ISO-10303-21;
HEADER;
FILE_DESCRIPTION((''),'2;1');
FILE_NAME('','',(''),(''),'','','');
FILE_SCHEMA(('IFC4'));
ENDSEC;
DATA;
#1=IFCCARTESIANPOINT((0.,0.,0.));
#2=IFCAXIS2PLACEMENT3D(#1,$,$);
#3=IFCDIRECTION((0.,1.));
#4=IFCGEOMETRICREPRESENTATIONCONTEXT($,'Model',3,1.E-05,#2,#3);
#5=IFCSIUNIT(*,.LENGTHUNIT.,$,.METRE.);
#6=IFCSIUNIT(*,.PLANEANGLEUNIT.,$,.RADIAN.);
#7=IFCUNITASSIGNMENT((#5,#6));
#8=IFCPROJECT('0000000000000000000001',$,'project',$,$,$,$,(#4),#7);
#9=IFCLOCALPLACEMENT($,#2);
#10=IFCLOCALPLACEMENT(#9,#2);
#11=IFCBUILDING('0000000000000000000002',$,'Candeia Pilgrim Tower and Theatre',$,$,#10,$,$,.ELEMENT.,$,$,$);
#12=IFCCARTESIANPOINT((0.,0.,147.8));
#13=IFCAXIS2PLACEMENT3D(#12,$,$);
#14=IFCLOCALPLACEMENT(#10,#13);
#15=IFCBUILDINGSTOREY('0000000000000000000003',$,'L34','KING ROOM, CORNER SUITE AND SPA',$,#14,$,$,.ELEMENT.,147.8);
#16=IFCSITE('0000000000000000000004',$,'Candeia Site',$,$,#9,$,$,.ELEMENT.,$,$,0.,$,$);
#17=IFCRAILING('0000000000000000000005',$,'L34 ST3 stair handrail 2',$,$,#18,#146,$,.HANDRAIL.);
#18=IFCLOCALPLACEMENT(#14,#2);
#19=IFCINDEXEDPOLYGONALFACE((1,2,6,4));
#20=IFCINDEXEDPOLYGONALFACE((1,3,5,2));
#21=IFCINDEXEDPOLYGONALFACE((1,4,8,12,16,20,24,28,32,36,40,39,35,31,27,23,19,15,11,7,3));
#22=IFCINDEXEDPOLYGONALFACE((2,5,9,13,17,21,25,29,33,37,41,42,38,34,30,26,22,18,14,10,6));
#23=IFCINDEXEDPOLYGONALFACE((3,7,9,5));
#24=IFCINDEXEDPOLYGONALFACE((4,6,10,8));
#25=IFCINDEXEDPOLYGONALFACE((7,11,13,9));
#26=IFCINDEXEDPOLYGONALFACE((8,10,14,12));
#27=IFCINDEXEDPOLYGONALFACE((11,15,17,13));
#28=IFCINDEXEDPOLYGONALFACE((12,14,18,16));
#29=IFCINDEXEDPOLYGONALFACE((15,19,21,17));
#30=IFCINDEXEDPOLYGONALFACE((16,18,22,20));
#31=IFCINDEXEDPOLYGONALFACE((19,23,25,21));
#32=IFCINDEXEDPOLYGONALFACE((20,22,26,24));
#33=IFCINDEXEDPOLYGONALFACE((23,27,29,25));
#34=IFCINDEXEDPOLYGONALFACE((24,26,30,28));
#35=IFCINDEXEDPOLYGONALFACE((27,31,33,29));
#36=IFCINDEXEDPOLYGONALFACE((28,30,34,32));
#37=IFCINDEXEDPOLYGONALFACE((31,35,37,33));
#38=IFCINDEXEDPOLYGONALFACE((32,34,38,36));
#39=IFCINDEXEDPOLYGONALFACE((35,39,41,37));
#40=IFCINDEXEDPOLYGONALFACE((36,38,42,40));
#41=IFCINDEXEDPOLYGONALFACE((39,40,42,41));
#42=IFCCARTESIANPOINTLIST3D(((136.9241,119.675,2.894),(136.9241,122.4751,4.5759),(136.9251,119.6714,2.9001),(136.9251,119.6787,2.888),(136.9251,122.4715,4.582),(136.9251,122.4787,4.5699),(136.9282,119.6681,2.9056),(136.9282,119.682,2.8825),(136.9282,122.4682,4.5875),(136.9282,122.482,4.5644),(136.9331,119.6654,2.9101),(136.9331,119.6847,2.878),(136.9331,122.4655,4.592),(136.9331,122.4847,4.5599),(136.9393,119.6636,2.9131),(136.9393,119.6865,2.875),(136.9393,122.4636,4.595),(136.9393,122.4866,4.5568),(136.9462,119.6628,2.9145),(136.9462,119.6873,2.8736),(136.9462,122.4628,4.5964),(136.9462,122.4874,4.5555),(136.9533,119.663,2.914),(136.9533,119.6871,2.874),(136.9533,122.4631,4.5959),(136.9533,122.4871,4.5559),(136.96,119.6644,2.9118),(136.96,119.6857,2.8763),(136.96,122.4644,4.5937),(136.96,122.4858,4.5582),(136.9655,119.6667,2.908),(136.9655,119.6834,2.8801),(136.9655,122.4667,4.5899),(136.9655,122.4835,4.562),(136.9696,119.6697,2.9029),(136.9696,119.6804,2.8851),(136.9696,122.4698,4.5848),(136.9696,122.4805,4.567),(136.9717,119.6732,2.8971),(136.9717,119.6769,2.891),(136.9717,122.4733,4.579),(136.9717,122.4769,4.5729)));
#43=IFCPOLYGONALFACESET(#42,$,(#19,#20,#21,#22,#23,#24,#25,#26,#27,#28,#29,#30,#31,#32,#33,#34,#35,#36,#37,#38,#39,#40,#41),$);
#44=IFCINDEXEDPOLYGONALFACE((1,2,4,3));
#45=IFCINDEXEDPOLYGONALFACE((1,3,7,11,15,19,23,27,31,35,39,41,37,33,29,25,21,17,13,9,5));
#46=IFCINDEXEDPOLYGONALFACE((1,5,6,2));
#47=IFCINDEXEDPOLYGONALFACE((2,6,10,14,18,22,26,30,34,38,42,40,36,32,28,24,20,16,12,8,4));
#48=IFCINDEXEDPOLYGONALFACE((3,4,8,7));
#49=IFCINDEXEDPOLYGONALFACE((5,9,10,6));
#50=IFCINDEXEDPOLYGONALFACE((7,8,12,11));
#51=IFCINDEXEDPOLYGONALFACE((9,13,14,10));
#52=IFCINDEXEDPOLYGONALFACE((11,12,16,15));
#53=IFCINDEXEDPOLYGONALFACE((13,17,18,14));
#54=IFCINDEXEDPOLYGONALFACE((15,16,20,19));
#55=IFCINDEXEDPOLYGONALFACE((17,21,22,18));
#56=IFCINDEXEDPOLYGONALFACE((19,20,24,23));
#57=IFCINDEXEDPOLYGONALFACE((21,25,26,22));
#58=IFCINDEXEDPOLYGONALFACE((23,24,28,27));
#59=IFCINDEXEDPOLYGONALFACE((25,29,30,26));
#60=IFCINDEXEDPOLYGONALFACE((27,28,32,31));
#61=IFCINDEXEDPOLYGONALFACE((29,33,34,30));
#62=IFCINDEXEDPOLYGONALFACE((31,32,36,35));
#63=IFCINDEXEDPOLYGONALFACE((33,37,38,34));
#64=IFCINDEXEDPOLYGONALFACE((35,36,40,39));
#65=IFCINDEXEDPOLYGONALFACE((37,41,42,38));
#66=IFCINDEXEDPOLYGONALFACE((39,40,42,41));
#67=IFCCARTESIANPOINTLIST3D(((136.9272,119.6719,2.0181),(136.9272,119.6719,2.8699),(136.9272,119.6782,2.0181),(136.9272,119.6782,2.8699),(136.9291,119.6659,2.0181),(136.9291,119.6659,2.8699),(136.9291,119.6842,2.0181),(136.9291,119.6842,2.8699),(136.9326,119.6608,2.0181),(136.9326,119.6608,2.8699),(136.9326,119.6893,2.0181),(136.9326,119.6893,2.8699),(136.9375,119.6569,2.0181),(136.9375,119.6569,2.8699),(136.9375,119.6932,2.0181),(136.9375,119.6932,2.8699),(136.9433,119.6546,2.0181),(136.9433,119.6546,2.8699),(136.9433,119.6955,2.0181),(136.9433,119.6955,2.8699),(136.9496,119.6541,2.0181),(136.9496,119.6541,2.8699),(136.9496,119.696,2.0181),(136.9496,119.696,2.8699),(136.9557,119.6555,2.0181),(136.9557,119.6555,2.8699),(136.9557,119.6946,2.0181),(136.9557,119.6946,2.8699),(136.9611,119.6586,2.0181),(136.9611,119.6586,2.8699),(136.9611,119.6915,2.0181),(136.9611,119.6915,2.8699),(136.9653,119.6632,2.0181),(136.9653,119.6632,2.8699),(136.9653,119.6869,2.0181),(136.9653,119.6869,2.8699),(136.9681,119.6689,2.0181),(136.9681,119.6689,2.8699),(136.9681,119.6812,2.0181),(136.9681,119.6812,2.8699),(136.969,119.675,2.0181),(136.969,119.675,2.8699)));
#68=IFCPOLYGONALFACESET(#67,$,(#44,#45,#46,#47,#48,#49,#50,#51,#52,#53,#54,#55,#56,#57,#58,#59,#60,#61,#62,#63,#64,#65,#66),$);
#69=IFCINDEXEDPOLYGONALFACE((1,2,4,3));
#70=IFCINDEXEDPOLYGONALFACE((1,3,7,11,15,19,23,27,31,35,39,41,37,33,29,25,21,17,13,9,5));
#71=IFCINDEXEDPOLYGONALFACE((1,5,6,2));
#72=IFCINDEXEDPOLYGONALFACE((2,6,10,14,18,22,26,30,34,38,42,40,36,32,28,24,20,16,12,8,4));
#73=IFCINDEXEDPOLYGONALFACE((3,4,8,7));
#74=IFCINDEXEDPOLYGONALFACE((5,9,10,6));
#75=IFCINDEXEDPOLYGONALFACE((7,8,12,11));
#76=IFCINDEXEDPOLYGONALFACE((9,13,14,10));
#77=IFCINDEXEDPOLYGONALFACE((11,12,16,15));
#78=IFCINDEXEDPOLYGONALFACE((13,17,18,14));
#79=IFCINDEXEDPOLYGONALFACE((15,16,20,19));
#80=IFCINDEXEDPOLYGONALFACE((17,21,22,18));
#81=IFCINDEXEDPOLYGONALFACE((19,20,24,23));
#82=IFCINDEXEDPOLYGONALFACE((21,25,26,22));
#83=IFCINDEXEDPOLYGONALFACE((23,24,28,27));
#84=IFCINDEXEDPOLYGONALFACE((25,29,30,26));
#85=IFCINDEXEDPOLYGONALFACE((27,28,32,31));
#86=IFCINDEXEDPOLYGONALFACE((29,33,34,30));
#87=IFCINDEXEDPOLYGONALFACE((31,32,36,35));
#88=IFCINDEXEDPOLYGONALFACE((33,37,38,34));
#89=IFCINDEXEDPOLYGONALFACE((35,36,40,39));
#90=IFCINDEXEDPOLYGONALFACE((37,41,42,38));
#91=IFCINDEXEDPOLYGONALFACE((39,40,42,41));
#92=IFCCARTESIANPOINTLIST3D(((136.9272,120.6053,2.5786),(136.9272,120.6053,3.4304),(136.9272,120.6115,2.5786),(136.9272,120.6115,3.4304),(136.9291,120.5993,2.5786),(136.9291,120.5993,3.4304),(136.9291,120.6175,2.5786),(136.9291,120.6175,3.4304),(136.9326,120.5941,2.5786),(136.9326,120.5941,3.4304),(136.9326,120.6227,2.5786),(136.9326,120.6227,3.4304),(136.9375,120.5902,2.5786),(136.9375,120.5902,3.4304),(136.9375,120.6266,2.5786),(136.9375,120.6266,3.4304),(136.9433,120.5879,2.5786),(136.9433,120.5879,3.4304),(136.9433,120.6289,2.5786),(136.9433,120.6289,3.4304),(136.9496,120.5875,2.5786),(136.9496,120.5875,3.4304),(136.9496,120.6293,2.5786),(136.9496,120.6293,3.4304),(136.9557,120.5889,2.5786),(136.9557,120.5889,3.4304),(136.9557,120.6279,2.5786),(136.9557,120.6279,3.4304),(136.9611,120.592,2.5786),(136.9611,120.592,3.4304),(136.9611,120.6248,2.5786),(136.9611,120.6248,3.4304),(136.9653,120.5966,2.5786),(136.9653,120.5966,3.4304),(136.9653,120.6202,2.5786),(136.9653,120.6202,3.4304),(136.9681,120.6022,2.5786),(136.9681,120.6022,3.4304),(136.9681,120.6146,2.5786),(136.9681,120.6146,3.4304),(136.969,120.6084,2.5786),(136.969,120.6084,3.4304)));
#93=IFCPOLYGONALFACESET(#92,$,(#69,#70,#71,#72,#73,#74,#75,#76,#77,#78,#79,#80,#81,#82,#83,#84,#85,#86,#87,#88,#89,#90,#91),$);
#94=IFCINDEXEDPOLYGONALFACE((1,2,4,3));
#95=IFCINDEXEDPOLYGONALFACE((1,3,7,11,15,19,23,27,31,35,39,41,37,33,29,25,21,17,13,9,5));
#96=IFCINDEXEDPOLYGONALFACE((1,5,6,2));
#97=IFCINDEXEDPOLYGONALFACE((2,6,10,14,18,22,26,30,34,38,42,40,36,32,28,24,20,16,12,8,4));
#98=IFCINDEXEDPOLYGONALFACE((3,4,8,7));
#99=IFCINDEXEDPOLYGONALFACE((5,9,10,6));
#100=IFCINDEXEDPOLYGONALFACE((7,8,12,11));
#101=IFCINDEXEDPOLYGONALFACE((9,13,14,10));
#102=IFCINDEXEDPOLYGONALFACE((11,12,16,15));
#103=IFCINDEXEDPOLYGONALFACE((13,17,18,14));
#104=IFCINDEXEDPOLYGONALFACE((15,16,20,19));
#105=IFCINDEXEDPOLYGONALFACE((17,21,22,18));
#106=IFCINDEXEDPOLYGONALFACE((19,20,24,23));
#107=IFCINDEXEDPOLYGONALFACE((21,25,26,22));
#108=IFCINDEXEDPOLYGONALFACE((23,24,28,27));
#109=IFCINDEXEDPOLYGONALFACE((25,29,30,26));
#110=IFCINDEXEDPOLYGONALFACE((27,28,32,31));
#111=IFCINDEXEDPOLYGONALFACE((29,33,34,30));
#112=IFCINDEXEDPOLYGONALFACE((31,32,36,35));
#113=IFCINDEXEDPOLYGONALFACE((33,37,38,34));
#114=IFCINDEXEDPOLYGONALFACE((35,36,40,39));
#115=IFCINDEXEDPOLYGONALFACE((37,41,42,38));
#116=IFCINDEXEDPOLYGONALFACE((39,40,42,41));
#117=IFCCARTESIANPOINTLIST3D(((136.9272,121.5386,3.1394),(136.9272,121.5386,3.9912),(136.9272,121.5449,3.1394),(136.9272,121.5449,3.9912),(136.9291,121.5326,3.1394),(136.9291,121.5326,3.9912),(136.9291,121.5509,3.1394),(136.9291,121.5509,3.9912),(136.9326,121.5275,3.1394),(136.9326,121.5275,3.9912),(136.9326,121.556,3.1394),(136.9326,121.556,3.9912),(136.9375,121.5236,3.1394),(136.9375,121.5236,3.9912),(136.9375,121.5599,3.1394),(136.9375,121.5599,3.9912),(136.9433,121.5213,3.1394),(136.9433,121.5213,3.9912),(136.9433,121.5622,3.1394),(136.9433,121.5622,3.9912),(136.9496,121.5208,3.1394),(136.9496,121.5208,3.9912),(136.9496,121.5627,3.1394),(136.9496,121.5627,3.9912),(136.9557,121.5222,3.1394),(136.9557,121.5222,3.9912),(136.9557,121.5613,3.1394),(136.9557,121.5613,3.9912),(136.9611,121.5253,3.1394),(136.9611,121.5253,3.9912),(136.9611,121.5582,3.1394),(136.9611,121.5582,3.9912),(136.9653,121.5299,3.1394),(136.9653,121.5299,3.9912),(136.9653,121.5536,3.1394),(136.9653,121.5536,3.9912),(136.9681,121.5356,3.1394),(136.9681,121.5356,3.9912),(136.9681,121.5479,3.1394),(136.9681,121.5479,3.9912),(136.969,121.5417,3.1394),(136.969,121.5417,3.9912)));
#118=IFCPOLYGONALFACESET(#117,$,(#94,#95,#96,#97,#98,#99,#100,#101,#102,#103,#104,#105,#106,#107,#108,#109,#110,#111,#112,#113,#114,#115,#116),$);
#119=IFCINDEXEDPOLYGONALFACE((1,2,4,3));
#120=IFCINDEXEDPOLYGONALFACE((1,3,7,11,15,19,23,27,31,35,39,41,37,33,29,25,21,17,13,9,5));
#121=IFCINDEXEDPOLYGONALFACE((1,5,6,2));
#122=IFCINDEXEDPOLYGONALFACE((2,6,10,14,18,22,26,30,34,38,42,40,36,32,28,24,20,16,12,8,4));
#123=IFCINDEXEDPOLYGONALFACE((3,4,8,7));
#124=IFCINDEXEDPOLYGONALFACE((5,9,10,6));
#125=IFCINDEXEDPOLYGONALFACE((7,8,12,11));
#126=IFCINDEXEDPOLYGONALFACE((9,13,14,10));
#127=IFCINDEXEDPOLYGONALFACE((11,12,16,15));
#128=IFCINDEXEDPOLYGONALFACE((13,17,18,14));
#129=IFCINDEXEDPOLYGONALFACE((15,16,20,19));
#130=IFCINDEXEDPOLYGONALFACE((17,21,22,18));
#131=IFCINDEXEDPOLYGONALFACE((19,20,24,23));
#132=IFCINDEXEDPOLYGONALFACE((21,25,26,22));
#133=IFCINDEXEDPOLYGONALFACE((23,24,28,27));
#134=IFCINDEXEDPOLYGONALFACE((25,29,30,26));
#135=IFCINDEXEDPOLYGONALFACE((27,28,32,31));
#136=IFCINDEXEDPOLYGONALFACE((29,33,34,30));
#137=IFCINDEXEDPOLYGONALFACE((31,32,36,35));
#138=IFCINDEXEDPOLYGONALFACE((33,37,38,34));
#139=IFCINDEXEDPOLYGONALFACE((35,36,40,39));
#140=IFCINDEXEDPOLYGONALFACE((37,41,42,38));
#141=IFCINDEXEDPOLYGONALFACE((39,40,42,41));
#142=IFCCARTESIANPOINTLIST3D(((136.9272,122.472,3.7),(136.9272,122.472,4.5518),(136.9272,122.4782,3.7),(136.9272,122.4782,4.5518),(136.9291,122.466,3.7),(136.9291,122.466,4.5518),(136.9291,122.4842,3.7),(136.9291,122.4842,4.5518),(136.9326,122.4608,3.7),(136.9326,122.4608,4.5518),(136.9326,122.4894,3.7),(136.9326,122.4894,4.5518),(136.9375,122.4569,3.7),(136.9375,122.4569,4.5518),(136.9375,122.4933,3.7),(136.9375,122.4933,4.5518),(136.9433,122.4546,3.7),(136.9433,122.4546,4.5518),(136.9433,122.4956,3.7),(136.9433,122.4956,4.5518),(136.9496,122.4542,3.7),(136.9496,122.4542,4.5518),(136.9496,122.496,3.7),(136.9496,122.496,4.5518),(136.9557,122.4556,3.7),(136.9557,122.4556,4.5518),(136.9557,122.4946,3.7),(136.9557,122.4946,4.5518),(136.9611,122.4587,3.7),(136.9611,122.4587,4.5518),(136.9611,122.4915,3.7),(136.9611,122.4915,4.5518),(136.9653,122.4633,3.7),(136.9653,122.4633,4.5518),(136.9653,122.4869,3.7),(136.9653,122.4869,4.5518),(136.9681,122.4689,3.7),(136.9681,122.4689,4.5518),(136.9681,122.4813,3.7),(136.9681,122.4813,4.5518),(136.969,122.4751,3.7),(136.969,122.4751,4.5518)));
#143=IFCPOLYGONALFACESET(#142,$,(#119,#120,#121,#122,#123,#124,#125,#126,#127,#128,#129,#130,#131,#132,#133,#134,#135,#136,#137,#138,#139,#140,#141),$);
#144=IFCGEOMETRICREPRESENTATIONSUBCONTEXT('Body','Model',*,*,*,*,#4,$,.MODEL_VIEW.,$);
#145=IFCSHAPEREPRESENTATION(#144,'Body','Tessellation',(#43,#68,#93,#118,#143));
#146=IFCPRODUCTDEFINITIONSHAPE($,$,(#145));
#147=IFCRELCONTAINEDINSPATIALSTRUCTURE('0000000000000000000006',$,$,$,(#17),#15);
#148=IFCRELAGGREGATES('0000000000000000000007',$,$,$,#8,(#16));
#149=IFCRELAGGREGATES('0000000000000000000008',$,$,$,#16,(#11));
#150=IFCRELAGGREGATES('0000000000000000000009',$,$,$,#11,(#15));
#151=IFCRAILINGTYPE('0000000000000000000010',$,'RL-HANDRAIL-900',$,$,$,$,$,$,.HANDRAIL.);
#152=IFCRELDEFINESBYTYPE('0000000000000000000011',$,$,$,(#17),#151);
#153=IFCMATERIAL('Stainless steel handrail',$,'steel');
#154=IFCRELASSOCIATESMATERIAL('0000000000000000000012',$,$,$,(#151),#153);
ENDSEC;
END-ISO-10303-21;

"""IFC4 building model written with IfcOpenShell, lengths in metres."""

from ifc_helpers import new_model, si_unit, direction, frame, origin, origin_2d, place, context, subcontext, project, spatial, circle, extrude, material, type_object, element, save


model = new_model("IFC4")

# Units and contexts
model_context = context("Model", 3, precision=1e-05, world=origin(), true_north=direction((0.0, 1.0)))
body_context = subcontext(model_context, "Body", "Model", "MODEL_VIEW")
ifc_project = project(units=[si_unit("LENGTHUNIT", "METRE"), si_unit("PLANEANGLEUNIT", "RADIAN")], contexts=[model_context])

# Site, building, storey
site_placement = place(None, origin())
site = spatial("IfcSite", under=ifc_project, at=site_placement, Name="Candeia Site", CompositionType="ELEMENT", RefElevation=0.0)
building_placement = place(site_placement, origin())
building = spatial("IfcBuilding", under=site, at=building_placement, Name="Candeia Pilgrim Tower and Theatre", CompositionType="ELEMENT")
storey_placement = place(building_placement, frame((0.0, 0.0, 147.8)))
storey = spatial("IfcBuildingStorey", under=building, at=storey_placement, Name="L34", Description="KING ROOM, CORNER SUITE AND SPA", CompositionType="ELEMENT", Elevation=147.8)

# Railing
ifc_material_1 = material(Name="Stainless steel handrail", Category="steel")
railing_type_1 = type_object("IfcRailingType", Name="RL-HANDRAIL-900", PredefinedType="HANDRAIL", material=ifc_material_1)
railing_1_placement = place(storey_placement, frame((136.948, 119.675, 2.0181)))
element("IfcRailing", 1, at=railing_1_placement, inside=storey, type_object=railing_type_1, Name="L34 ST3 stair handrail 2", PredefinedType="HANDRAIL", context=body_context, shape_type="SweptSolid", body=[
    extrude(circle(Radius=0.0239, at=origin_2d()), frame((0.0, 0.0, 0.876), z_axis=(0.0, 0.857242, 0.514913), x_axis=(-1.0, 0.0, 0.0)), (0.0, 0.0, 1.0), 3.2664),
    extrude(circle(Radius=0.021, at=origin_2d()), origin(), (0.0, 0.0, 1.0), 0.8518),
    extrude(circle(Radius=0.021, at=origin_2d()), frame((0.0, 0.9333, 0.5605)), (0.0, 0.0, 1.0), 0.8518),
    extrude(circle(Radius=0.021, at=origin_2d()), frame((0.0, 1.8667, 1.1213)), (0.0, 0.0, 1.0), 0.8518),
    extrude(circle(Radius=0.021, at=origin_2d()), frame((0.0, 2.8, 1.6819)), (0.0, 0.0, 1.0), 0.8518),
])

save(model, "model.ifc")
